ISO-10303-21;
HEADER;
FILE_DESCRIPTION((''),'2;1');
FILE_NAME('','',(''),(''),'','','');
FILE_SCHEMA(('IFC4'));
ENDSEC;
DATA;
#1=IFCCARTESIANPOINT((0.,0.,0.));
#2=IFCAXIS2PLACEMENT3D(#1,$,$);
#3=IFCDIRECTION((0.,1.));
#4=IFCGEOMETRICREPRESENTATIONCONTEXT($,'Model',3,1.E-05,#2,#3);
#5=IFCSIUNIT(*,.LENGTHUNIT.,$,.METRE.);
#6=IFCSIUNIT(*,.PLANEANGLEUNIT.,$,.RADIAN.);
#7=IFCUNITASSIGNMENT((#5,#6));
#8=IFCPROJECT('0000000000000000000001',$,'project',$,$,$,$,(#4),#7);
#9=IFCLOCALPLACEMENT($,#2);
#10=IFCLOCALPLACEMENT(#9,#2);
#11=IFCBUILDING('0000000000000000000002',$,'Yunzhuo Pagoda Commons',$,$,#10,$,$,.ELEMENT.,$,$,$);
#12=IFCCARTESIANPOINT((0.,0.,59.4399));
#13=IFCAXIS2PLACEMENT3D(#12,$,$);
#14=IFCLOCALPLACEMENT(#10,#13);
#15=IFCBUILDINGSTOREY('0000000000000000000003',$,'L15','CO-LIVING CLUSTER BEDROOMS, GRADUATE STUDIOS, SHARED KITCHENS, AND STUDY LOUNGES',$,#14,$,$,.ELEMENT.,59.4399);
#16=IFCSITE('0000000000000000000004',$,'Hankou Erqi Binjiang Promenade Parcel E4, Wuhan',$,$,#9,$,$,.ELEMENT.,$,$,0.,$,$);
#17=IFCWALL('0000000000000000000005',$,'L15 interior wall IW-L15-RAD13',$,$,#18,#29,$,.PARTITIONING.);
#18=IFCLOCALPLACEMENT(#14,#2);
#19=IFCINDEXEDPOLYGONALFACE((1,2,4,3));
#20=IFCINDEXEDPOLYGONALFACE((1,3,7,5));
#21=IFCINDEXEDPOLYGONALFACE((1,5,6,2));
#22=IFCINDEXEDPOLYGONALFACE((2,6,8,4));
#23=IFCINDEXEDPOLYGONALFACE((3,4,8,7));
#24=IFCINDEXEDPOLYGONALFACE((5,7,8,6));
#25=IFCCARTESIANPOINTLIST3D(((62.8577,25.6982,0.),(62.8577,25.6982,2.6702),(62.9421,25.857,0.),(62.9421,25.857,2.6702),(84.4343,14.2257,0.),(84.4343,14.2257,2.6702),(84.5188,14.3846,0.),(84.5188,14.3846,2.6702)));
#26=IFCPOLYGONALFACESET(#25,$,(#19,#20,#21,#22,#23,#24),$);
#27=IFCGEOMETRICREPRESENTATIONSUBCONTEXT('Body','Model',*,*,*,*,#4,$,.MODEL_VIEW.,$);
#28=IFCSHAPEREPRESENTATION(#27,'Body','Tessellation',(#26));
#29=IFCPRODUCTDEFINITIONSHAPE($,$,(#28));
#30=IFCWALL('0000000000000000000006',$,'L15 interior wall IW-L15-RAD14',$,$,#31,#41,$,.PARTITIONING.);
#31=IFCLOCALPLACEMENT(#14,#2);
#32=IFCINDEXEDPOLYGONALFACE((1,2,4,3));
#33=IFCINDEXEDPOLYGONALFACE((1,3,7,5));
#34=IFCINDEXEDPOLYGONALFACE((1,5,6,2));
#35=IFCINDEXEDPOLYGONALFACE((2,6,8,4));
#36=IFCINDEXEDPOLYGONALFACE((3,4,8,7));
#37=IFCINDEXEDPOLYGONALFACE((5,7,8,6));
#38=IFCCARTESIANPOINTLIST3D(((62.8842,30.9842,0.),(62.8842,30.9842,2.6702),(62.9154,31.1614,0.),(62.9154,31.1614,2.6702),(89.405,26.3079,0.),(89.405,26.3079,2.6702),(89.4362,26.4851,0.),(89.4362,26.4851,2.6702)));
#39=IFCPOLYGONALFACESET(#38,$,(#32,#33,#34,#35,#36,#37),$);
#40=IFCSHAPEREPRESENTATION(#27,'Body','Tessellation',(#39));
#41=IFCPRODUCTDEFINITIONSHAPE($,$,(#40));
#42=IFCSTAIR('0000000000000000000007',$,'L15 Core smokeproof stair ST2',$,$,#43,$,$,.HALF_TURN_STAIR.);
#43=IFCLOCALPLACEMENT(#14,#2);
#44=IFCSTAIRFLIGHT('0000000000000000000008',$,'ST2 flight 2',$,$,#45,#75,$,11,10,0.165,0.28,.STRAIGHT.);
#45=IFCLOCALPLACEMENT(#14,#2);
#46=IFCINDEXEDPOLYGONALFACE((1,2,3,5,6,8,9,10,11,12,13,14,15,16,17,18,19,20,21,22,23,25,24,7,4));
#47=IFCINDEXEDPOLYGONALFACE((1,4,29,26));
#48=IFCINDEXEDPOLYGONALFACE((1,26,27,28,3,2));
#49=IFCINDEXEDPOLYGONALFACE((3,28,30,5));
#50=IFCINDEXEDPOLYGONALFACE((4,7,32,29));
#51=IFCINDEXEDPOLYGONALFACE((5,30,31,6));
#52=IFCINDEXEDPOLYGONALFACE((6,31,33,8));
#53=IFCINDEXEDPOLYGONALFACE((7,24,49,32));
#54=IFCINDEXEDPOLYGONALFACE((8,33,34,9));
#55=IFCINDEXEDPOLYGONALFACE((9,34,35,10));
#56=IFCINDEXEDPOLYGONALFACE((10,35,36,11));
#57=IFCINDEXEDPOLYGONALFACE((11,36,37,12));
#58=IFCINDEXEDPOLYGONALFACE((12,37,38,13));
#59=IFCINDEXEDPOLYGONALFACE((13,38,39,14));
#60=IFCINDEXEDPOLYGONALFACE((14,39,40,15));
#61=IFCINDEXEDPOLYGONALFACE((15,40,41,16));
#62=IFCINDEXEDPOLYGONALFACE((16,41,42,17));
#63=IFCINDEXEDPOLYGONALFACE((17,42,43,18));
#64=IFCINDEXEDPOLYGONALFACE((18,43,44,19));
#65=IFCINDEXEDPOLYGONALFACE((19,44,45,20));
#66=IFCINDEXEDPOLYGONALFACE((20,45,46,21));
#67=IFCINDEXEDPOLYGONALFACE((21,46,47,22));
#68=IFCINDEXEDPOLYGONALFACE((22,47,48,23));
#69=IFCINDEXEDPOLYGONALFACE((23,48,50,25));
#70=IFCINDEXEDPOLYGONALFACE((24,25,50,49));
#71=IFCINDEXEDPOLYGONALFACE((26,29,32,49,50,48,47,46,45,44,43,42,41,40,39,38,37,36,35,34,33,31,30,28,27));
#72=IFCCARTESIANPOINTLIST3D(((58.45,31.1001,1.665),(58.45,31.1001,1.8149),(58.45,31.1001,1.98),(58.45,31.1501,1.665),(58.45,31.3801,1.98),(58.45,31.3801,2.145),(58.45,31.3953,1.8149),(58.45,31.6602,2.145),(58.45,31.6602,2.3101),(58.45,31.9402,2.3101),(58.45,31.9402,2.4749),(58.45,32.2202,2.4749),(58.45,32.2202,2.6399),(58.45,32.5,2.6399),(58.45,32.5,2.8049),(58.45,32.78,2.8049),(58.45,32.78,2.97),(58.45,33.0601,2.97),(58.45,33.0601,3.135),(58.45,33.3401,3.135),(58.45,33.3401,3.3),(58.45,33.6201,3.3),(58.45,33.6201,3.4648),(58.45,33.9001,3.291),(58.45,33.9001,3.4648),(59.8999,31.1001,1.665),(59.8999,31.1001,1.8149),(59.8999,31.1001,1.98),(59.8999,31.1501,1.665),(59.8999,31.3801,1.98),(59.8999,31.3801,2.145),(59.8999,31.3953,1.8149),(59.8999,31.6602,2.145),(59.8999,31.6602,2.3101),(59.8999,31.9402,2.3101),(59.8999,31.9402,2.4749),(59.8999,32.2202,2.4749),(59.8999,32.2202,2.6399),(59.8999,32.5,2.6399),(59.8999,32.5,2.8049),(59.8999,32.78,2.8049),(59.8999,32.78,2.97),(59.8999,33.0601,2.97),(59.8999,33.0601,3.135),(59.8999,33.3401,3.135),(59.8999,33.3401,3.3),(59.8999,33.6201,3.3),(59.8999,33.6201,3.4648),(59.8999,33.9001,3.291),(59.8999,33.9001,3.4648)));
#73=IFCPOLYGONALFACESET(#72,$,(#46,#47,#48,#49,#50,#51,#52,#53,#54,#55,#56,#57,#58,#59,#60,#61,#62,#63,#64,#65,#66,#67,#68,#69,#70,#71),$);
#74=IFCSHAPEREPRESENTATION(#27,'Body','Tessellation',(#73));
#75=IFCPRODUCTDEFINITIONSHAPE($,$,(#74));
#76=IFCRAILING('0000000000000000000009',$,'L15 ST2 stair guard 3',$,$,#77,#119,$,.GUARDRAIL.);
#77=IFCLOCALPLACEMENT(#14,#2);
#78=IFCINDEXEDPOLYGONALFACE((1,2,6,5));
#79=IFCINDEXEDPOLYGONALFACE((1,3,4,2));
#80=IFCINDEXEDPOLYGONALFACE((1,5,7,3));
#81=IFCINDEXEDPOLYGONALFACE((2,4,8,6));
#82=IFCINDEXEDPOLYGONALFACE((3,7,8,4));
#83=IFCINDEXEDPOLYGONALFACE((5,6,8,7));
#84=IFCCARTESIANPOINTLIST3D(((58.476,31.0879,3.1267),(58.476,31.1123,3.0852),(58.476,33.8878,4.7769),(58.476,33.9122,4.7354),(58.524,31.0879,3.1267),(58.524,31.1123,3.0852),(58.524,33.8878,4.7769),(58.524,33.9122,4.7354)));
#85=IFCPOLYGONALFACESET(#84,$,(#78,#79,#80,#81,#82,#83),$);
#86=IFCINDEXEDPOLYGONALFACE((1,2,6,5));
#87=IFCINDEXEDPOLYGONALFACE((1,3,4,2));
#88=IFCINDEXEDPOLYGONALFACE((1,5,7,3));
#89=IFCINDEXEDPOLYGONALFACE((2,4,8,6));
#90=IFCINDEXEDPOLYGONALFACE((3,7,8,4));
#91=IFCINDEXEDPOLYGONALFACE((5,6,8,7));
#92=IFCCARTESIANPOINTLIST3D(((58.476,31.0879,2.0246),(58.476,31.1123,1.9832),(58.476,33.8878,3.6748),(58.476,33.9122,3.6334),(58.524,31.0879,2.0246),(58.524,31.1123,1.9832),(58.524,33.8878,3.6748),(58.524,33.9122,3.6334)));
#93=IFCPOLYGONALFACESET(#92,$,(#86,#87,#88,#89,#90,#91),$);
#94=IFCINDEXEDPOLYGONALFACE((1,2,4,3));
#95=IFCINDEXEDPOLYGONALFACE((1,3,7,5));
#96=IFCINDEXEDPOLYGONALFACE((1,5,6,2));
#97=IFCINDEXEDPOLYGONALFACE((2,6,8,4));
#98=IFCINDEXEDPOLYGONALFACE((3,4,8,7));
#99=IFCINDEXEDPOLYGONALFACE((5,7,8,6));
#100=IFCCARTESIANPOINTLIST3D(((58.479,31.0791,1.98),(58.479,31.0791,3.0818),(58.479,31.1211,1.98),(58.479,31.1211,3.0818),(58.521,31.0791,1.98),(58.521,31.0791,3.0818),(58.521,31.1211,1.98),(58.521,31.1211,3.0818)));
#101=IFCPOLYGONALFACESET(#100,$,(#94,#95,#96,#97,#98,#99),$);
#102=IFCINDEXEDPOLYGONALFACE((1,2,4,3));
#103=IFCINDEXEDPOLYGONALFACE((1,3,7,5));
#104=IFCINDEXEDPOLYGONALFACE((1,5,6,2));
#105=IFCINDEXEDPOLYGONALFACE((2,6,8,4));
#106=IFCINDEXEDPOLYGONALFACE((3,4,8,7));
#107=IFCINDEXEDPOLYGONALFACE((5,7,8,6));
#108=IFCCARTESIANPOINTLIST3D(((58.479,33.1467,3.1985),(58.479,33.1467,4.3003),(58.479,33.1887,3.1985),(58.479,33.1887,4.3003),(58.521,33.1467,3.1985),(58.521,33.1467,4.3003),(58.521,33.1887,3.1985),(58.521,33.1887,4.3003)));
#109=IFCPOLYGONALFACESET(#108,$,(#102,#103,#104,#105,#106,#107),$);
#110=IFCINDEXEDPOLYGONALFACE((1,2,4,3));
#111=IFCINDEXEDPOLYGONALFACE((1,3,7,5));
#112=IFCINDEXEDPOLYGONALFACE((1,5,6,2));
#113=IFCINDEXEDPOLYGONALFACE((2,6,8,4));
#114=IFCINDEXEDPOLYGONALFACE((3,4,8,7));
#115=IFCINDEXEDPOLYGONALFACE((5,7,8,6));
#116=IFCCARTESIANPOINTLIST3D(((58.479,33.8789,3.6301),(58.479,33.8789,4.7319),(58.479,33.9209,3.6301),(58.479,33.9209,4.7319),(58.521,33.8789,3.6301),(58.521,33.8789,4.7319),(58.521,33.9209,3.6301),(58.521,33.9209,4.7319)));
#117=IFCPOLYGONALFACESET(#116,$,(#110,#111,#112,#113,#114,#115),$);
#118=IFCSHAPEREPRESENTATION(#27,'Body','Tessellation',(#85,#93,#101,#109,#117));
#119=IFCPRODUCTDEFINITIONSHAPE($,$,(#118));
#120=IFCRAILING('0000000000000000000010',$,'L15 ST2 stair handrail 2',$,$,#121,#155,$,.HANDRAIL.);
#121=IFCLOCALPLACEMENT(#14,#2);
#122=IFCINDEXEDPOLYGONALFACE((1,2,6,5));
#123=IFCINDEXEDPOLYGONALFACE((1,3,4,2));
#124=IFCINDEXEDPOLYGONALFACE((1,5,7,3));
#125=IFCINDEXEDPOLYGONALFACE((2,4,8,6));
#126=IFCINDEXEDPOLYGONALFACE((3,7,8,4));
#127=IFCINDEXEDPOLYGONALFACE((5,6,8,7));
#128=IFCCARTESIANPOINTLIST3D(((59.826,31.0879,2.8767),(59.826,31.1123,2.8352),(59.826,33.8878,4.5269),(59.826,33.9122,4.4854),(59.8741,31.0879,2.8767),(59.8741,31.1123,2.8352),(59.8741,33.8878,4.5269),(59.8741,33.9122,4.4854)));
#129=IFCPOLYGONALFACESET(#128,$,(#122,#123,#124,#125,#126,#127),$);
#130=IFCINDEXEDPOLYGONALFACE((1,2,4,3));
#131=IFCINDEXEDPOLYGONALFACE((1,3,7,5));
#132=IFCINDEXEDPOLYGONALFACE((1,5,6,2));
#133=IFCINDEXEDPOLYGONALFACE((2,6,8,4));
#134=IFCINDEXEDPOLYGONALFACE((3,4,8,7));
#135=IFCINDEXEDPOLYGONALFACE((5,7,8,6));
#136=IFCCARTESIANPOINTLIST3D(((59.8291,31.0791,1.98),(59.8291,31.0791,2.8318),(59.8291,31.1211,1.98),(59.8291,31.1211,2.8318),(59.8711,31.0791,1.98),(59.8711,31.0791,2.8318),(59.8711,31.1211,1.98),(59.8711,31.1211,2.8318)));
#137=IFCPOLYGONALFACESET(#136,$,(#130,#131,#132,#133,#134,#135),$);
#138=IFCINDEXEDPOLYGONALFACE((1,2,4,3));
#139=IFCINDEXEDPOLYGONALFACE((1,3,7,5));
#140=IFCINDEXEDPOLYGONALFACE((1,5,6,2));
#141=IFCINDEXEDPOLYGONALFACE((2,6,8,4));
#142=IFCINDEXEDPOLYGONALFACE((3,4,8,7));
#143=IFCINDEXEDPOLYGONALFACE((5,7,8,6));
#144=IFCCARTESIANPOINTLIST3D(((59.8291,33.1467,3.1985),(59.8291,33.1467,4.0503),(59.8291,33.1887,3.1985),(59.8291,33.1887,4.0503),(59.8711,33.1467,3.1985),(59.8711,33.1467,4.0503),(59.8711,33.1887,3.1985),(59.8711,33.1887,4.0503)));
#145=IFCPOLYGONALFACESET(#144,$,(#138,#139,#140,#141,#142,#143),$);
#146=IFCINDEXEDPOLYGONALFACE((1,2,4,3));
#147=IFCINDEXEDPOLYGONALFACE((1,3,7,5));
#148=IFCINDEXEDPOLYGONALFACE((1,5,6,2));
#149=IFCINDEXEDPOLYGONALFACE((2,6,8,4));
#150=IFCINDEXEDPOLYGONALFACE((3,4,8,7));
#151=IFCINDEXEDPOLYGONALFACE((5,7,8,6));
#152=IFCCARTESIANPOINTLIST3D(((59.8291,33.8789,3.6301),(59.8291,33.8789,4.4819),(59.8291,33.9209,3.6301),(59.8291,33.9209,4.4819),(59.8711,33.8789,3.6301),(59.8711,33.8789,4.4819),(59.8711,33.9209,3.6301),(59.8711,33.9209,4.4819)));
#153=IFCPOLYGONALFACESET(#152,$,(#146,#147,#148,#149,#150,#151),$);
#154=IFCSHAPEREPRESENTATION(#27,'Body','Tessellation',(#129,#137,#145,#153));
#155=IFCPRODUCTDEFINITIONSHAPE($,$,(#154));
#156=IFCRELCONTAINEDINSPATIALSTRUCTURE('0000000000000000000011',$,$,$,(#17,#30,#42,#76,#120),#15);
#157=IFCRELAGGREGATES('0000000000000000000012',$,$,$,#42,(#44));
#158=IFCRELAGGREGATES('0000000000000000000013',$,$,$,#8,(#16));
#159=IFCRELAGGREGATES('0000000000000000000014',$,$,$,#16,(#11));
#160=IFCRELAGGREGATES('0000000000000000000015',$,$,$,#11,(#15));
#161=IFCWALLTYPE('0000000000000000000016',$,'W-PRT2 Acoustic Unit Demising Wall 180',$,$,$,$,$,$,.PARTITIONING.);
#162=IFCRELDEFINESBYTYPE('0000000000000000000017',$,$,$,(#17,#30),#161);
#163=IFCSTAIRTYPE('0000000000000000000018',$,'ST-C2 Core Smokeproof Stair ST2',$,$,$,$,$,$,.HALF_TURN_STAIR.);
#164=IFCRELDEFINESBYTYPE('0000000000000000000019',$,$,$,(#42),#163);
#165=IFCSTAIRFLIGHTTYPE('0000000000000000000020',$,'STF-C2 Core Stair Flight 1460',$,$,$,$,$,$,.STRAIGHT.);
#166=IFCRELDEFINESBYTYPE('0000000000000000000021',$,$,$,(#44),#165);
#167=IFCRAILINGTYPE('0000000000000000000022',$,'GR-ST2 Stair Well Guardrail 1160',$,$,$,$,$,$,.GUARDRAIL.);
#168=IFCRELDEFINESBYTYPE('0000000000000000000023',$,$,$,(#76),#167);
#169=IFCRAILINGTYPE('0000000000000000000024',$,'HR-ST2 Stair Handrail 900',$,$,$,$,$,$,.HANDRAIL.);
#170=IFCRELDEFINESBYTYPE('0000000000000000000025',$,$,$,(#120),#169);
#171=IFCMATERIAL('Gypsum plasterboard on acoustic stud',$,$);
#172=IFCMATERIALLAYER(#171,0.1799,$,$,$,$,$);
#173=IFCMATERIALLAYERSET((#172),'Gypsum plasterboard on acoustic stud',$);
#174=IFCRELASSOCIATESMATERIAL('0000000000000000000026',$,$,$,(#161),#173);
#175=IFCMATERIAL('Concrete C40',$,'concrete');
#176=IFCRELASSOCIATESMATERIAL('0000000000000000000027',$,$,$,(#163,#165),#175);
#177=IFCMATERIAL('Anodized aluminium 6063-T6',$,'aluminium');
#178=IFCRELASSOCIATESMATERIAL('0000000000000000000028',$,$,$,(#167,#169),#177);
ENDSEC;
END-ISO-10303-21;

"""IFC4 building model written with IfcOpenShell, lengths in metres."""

from ifc_helpers import new_model, si_unit, direction, frame, frame_2d, origin, origin_2d, place, context, subcontext, project, spatial, polyline, rectangle, outline, extrude, source, transform, mapped, material, layer, layer_set, type_object, element, aggregate, save


model = new_model("IFC4")

# Units and contexts
model_context = context("Model", 3, precision=1e-05, world=origin(), true_north=direction((0.0, 1.0)))
body_context = subcontext(model_context, "Body", "Model", "MODEL_VIEW")
ifc_project = project(units=[si_unit("LENGTHUNIT", "METRE"), si_unit("PLANEANGLEUNIT", "RADIAN")], contexts=[model_context])

# Site, building, storey
site_placement = place(None, origin())
site = spatial("IfcSite", under=ifc_project, at=site_placement, Name="Hankou Erqi Binjiang Promenade Parcel E4, Wuhan", CompositionType="ELEMENT", RefElevation=0.0)
building_placement = place(site_placement, origin())
building = spatial("IfcBuilding", under=site, at=building_placement, Name="Yunzhuo Pagoda Commons", CompositionType="ELEMENT")
storey_placement = place(building_placement, frame((0.0, 0.0, 59.4399)))
storey = spatial("IfcBuildingStorey", under=building, at=storey_placement, Name="L15", Description="CO-LIVING CLUSTER BEDROOMS, GRADUATE STUDIOS, SHARED KITCHENS, AND STUDY LOUNGES", CompositionType="ELEMENT", Elevation=59.4399)

# Shared definitions
ifc_material_1 = material(Name="Anodized aluminium 6063-T6", Category="aluminium")

# Shared definitions
ifc_material_2 = material(Name="Gypsum plasterboard on acoustic stud")

# Walls
ifc_layer_1 = layer(ifc_material_2, 0.1799)
ifc_layer_set_1 = layer_set([ifc_layer_1], Name="Gypsum plasterboard on acoustic stud")
wall_type_1 = type_object("IfcWallType", Name="W-PRT2 Acoustic Unit Demising Wall 180", PredefinedType="PARTITIONING", material=ifc_layer_set_1)
wall_1_placement = place(storey_placement, frame((62.8999, 25.7776, 0.0), z_axis=(0.0, 0.0, 1.0), x_axis=(0.882949, -0.469468, 0.0)))
element("IfcWall", 1, at=wall_1_placement, inside=storey, type_object=wall_type_1, Name="L15 interior wall IW-L15-RAD13", PredefinedType="PARTITIONING", context=body_context, shape_type="SweptSolid", body=[
    extrude(rectangle(XDim=24.437, YDim=0.1799, at=frame_2d((12.2185, 0.0))), origin(), (0.0, 0.0, 1.0), 2.6702),
])
wall_2_placement = place(storey_placement, frame((62.8999, 31.0728, 0.0), z_axis=(0.0, 0.0, 1.0), x_axis=(0.984808, -0.173646, 0.0)))
element("IfcWall", 2, at=wall_2_placement, inside=storey, type_object=wall_type_1, Name="L15 interior wall IW-L15-RAD14", PredefinedType="PARTITIONING", context=body_context, shape_type="SweptSolid", body=[
    extrude(rectangle(XDim=26.9299, YDim=0.1799, at=frame_2d((13.4648, 0.0))), origin(), (0.0, 0.0, 1.0), 2.6702),
])

# Stair, stair flight
ifc_material_3 = material(Name="Concrete C40", Category="concrete")
stair_type = type_object("IfcStairType", Name="ST-C2 Core Smokeproof Stair ST2", PredefinedType="HALF_TURN_STAIR", material=ifc_material_3)
stair_placement = place(storey_placement, origin())
stair = element("IfcStair", 3, at=stair_placement, inside=storey, type_object=stair_type, Name="L15 Core smokeproof stair ST2", PredefinedType="HALF_TURN_STAIR")
stair_flight_type = type_object("IfcStairFlightType", Name="STF-C2 Core Stair Flight 1460", PredefinedType="STRAIGHT", material=ifc_material_3)
shared_shape_1 = source(origin(), body_context, "Body", "SweptSolid", [
    extrude(outline(polyline([(0.0, -0.1499), (0.0, 0.0), (0.0, 0.165), (0.28, 0.165), (0.28, 0.3301), (0.5601, 0.3301), (0.5601, 0.4951), (0.8401, 0.4951), (0.8401, 0.6599), (1.1201, 0.6599), (1.1201, 0.825), (1.3999, 0.825), (1.3999, 0.99), (1.6799, 0.99), (1.6799, 1.155), (1.96, 1.155), (1.96, 1.3201), (2.24, 1.3201), (2.24, 1.4851), (2.52, 1.4851), (2.52, 1.6499), (2.8, 1.6499), (2.8, 1.8149), (2.8, 1.4761), (0.2952, 0.0), (0.05, -0.1499), (0.0, -0.1499)])), frame((0.0, 0.7251, 0.0), z_axis=(0.0, -1.0, 0.0), x_axis=(1.0, 0.0, 0.0)), (0.0, 0.0, 1.0), 1.45),
])
stair_flight_placement = place(storey_placement, frame((59.175, 31.1001, 1.8149), z_axis=(0.0, 0.0, 1.0), x_axis=(0.0, 1.0, 0.0)))
stair_flight = element("IfcStairFlight", 4, at=stair_flight_placement, type_object=stair_flight_type, Name="ST2 flight 2", NumberOfRisers=11, NumberOfTreads=10, PredefinedType="STRAIGHT", RiserHeight=0.165, TreadLength=0.28, context=body_context, shape_type="MappedRepresentation", body=[
    mapped(shared_shape_1, transform((0.0, 0.0, 0.0), scale=1.0)),
])
aggregate(stair, [stair_flight])

# Railings
railing_type_1 = type_object("IfcRailingType", Name="GR-ST2 Stair Well Guardrail 1160", PredefinedType="GUARDRAIL", material=ifc_material_1)
railing_1_placement = place(storey_placement, frame((58.5, 31.1001, 1.98)))
element("IfcRailing", 5, at=railing_1_placement, inside=storey, type_object=railing_type_1, Name="L15 ST2 stair guard 3", PredefinedType="GUARDRAIL", context=body_context, shape_type="SweptSolid", body=[
    extrude(rectangle(XDim=0.0481, YDim=0.0481, at=origin_2d()), frame((0.0, 0.0, 1.126), z_axis=(0.0, 0.861503, 0.507752), x_axis=(-1.0, 0.0, 0.0)), (0.0, 0.0, 1.0), 3.25),
    extrude(rectangle(XDim=0.0481, YDim=0.0481, at=origin_2d()), frame((0.0, 0.0, 0.0239), z_axis=(0.0, 0.861503, 0.507752), x_axis=(-1.0, 0.0, 0.0)), (0.0, 0.0, 1.0), 3.25),
    extrude(rectangle(XDim=0.042, YDim=0.042, at=origin_2d()), origin(), (0.0, 0.0, 1.0), 1.1018),
    extrude(rectangle(XDim=0.042, YDim=0.042, at=origin_2d()), frame((0.0, 2.0676, 1.2185)), (0.0, 0.0, 1.0), 1.1018),
    extrude(rectangle(XDim=0.042, YDim=0.042, at=origin_2d()), frame((0.0, 2.7998, 1.6501)), (0.0, 0.0, 1.0), 1.1018),
])
railing_type_2 = type_object("IfcRailingType", Name="HR-ST2 Stair Handrail 900", PredefinedType="HANDRAIL", material=ifc_material_1)
railing_2_placement = place(storey_placement, frame((59.8501, 31.1001, 1.98)))
element("IfcRailing", 6, at=railing_2_placement, inside=storey, type_object=railing_type_2, Name="L15 ST2 stair handrail 2", PredefinedType="HANDRAIL", context=body_context, shape_type="SweptSolid", body=[
    extrude(rectangle(XDim=0.0481, YDim=0.0481, at=origin_2d()), frame((0.0, 0.0, 0.876), z_axis=(0.0, 0.861503, 0.507752), x_axis=(-1.0, 0.0, 0.0)), (0.0, 0.0, 1.0), 3.25),
    extrude(rectangle(XDim=0.042, YDim=0.042, at=origin_2d()), origin(), (0.0, 0.0, 1.0), 0.8518),
    extrude(rectangle(XDim=0.042, YDim=0.042, at=origin_2d()), frame((0.0, 2.0676, 1.2185)), (0.0, 0.0, 1.0), 0.8518),
    extrude(rectangle(XDim=0.042, YDim=0.042, at=origin_2d()), frame((0.0, 2.7998, 1.6501)), (0.0, 0.0, 1.0), 0.8518),
])

save(model, "model.ifc")
